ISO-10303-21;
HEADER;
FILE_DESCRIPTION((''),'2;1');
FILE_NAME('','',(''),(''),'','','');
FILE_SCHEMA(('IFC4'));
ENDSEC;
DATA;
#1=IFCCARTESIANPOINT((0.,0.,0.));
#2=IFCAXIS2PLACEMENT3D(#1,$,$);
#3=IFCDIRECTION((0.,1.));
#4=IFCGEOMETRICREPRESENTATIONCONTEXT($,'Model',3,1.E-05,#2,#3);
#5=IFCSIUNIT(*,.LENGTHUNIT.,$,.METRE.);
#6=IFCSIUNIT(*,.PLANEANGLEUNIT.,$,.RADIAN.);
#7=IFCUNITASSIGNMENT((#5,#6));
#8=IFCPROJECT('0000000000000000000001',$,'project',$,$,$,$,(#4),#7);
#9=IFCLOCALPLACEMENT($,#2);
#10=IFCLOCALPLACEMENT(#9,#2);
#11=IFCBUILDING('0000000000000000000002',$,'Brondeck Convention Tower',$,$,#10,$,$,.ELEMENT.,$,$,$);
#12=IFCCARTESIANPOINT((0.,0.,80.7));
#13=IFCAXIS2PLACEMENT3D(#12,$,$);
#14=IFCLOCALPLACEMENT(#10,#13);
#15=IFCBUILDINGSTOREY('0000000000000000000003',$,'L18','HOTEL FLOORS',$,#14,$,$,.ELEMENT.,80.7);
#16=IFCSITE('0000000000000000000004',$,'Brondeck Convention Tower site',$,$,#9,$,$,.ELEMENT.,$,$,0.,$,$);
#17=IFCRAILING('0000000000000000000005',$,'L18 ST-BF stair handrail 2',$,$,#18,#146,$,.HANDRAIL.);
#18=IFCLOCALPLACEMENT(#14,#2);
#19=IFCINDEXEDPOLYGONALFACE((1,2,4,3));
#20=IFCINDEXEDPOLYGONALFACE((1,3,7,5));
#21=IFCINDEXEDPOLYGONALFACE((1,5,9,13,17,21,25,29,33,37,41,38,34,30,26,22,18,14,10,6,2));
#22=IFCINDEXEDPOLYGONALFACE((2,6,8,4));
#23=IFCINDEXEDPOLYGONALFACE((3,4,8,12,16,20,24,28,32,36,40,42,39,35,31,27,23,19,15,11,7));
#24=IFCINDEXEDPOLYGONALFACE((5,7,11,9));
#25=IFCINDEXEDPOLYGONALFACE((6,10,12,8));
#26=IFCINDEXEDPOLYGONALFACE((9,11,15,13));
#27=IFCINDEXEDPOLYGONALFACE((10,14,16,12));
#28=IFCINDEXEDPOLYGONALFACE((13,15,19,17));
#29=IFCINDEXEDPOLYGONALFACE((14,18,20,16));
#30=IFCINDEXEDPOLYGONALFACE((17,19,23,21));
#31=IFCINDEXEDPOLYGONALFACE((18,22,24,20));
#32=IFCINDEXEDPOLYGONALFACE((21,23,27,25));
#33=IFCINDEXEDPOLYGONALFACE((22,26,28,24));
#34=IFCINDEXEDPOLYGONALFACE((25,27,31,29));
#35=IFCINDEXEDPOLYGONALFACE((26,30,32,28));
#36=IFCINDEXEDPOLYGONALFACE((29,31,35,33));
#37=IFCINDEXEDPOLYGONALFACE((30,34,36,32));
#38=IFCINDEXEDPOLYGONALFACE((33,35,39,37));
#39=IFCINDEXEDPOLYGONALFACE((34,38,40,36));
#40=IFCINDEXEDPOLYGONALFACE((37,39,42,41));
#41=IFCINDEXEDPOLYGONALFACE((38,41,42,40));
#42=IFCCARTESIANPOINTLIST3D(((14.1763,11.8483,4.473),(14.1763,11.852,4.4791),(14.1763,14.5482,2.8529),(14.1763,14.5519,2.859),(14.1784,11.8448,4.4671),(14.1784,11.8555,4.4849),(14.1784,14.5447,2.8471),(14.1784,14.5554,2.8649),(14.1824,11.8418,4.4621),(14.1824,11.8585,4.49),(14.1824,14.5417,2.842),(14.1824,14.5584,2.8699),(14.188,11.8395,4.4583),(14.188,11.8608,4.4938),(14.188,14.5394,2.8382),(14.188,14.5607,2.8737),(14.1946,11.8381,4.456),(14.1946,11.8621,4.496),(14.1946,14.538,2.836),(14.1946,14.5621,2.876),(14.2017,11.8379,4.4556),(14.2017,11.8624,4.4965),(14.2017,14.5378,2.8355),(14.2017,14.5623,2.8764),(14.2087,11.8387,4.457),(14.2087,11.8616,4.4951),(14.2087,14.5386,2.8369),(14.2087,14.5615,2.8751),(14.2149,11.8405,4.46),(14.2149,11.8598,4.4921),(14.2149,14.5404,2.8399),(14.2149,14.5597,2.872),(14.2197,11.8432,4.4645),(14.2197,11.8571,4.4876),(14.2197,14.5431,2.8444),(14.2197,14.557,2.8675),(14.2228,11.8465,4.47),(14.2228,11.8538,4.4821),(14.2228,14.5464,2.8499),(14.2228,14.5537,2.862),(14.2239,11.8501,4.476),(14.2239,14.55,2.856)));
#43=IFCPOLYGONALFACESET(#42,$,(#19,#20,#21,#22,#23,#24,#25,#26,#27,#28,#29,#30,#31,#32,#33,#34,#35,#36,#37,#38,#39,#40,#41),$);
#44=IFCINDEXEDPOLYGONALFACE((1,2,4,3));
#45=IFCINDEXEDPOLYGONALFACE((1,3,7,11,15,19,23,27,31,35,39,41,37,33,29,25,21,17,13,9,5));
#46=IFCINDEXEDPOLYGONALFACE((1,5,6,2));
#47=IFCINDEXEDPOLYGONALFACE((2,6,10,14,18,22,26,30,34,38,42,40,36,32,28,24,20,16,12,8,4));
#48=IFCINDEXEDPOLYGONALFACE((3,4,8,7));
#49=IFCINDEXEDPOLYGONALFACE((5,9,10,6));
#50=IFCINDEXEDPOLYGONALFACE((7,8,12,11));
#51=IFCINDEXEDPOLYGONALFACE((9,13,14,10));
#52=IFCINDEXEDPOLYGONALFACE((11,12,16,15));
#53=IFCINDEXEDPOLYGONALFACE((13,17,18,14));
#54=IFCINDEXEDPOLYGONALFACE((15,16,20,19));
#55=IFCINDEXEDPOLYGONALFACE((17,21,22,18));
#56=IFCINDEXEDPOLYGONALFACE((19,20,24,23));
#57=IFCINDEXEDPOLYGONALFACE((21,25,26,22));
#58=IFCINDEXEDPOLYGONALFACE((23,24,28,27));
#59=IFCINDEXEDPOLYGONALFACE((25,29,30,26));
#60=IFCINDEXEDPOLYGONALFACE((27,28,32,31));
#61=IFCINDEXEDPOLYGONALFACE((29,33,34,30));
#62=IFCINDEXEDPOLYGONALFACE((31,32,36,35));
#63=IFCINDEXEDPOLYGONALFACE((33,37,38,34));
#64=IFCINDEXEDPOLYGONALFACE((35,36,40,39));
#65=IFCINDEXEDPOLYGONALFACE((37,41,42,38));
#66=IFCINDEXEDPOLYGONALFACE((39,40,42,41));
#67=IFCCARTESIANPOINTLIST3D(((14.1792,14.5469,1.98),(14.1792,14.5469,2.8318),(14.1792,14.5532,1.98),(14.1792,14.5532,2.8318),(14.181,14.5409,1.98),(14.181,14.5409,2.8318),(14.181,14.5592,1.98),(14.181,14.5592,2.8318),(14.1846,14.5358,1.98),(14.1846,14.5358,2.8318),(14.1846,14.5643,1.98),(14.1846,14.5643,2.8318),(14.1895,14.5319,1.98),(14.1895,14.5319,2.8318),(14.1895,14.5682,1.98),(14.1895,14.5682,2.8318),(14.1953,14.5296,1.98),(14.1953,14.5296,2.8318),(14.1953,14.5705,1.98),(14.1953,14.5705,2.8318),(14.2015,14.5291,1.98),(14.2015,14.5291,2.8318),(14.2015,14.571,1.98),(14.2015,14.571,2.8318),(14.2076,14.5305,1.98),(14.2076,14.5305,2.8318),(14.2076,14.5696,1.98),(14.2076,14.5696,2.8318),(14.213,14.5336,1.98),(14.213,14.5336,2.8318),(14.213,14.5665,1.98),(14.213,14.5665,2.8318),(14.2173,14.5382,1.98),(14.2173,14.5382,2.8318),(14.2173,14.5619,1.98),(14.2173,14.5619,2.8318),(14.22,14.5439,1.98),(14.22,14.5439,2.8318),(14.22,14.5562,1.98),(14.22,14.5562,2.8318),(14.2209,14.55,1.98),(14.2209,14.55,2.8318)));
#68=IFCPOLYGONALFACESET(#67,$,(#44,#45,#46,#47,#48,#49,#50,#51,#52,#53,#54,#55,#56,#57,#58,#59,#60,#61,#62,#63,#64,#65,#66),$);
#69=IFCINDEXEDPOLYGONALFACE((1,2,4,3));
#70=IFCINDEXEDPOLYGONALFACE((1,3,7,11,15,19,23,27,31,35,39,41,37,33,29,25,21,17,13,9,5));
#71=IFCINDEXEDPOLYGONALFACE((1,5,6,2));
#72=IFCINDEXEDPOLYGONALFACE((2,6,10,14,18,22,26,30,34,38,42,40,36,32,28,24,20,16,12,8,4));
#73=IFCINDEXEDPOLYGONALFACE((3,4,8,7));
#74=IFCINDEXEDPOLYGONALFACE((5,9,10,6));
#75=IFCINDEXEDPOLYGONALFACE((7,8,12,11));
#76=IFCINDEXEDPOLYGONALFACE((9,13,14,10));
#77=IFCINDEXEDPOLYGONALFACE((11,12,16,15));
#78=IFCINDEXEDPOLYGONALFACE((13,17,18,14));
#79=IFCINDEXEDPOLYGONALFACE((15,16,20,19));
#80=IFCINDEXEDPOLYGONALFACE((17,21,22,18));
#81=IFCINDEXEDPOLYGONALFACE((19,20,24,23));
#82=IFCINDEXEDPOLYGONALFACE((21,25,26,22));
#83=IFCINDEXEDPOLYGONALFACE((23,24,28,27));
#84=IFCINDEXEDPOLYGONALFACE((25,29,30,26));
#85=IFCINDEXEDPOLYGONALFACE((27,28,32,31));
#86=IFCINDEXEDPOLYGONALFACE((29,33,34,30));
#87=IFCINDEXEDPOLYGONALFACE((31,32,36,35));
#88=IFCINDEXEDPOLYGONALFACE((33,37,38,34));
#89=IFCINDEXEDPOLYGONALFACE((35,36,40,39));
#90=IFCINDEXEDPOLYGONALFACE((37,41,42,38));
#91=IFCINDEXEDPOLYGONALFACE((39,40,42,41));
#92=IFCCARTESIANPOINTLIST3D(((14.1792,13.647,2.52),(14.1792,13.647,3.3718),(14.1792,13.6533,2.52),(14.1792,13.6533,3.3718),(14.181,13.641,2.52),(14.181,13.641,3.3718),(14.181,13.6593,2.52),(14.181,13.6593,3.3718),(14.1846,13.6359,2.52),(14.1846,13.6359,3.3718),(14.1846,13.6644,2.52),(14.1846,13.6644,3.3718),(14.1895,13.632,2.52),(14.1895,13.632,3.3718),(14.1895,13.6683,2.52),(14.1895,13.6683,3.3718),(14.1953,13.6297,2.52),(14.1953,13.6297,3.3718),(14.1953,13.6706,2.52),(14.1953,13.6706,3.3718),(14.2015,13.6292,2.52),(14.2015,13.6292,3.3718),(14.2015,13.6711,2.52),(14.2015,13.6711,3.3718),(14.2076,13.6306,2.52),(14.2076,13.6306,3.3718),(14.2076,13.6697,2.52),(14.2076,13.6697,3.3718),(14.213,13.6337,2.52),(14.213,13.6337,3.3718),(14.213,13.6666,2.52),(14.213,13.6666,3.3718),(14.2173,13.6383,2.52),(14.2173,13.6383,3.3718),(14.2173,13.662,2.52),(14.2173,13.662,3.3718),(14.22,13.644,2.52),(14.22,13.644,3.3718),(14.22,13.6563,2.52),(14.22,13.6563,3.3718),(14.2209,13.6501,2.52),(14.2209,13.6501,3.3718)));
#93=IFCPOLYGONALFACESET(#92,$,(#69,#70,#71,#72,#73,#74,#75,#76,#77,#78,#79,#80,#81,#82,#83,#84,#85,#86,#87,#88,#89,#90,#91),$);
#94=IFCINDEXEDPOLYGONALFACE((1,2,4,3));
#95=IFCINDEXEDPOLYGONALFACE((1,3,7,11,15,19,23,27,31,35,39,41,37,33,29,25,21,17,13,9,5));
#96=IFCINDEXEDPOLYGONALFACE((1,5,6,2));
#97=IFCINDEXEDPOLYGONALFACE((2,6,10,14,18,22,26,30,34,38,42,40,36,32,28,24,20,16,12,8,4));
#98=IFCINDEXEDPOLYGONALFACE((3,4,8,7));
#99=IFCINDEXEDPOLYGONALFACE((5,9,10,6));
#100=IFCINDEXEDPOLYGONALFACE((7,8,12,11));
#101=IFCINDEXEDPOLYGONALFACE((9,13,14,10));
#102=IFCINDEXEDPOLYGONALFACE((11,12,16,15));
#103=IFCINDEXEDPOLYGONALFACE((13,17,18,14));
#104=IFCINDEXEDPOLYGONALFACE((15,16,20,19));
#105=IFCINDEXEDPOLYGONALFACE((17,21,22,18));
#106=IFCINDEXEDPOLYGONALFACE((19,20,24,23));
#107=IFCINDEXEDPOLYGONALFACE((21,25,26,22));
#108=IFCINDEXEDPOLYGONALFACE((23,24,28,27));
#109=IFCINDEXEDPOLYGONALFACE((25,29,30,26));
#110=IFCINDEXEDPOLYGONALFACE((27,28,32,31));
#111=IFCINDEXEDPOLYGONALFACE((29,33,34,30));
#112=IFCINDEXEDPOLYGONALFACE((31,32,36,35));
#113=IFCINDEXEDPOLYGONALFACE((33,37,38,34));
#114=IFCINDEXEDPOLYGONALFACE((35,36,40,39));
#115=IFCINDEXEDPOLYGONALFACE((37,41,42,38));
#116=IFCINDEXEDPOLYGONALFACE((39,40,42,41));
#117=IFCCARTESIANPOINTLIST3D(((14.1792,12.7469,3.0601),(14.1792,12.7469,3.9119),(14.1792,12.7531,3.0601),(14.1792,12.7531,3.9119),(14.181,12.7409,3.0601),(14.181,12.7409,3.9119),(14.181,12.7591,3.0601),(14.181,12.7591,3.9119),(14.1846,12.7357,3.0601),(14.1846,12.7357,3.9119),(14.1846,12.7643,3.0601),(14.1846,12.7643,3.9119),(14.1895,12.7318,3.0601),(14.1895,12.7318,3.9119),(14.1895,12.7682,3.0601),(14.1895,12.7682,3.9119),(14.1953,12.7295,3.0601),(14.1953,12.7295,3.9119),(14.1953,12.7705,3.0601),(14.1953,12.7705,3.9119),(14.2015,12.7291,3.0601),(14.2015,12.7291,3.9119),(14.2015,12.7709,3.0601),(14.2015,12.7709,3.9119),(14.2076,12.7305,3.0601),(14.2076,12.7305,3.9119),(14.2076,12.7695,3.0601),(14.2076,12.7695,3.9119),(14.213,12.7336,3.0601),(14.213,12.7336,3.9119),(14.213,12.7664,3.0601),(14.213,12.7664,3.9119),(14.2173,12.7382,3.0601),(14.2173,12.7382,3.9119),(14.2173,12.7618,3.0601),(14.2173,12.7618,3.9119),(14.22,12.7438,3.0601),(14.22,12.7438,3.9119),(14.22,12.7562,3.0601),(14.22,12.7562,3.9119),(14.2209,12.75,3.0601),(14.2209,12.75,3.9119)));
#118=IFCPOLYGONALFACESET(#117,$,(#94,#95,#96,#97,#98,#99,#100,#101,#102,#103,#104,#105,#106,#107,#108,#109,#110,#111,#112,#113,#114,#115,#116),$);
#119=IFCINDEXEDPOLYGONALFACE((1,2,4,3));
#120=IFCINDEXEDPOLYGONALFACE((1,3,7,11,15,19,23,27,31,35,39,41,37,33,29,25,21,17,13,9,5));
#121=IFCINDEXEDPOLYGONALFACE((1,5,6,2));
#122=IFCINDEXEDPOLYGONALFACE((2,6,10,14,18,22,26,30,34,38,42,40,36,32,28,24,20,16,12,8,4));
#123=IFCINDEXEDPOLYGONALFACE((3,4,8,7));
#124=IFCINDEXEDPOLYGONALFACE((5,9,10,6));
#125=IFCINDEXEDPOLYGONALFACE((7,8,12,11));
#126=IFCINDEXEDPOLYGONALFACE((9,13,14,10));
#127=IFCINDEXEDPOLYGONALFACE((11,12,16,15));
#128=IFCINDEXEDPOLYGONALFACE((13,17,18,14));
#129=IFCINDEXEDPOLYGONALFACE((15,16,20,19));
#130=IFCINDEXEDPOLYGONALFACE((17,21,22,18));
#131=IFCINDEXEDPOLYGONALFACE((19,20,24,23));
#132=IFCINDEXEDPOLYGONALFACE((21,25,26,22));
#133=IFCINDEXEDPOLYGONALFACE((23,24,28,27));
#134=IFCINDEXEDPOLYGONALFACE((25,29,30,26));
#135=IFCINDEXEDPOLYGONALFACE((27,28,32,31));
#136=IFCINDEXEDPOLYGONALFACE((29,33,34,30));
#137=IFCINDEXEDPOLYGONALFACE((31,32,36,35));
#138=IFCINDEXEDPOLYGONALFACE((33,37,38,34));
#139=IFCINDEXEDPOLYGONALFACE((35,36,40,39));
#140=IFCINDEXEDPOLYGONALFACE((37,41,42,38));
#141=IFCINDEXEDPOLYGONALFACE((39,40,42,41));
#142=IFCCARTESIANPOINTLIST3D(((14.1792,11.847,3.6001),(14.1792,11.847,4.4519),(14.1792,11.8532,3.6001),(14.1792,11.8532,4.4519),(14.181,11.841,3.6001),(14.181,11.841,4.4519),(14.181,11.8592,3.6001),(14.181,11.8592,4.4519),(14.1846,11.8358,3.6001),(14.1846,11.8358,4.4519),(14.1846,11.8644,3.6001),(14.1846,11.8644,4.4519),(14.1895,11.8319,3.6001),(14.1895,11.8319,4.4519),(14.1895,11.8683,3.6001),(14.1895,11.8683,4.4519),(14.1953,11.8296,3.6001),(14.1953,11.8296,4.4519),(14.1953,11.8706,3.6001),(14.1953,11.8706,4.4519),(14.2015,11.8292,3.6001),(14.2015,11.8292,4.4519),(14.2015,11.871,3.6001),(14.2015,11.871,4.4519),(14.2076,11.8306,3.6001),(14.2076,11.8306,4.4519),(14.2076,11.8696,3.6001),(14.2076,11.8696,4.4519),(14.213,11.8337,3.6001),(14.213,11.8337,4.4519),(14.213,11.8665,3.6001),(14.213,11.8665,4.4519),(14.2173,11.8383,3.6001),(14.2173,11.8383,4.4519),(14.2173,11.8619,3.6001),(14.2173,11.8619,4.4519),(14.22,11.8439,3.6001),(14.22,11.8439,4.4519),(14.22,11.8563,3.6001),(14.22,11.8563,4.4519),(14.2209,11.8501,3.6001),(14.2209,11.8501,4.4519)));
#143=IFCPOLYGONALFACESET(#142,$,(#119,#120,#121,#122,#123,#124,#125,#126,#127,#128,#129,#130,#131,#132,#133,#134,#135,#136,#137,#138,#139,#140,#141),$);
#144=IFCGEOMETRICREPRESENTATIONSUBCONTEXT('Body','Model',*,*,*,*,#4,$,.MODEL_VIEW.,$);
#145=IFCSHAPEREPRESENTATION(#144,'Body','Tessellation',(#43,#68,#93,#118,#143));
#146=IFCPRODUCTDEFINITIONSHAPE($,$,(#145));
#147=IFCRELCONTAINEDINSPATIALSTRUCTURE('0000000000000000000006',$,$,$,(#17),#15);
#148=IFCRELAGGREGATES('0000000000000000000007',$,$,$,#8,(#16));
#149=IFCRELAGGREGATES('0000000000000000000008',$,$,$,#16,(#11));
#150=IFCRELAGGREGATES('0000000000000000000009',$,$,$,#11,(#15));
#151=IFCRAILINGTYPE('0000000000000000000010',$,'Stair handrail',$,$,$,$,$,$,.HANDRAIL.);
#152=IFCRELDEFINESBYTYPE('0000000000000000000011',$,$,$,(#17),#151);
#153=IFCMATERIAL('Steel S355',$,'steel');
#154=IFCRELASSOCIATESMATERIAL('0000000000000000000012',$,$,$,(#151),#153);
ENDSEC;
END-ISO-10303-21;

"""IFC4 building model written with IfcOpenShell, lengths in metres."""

from ifc_helpers import new_model, si_unit, direction, frame, origin, origin_2d, place, context, subcontext, project, spatial, circle, extrude, material, type_object, element, save


model = new_model("IFC4")

# Units and contexts
model_context = context("Model", 3, precision=1e-05, world=origin(), true_north=direction((0.0, 1.0)))
body_context = subcontext(model_context, "Body", "Model", "MODEL_VIEW")
ifc_project = project(units=[si_unit("LENGTHUNIT", "METRE"), si_unit("PLANEANGLEUNIT", "RADIAN")], contexts=[model_context])

# Site, building, storey
site_placement = place(None, origin())
site = spatial("IfcSite", under=ifc_project, at=site_placement, Name="Brondeck Convention Tower site", CompositionType="ELEMENT", RefElevation=0.0)
building_placement = place(site_placement, origin())
building = spatial("IfcBuilding", under=site, at=building_placement, Name="Brondeck Convention Tower", CompositionType="ELEMENT")
storey_placement = place(building_placement, frame((0.0, 0.0, 80.7)))
storey = spatial("IfcBuildingStorey", under=building, at=storey_placement, Name="L18", Description="HOTEL FLOORS", CompositionType="ELEMENT", Elevation=80.7)

# Shared definitions
ifc_material_1 = material(Name="Steel S355", Category="steel")

# Railing
railing_type = type_object("IfcRailingType", Name="Stair handrail", PredefinedType="HANDRAIL", material=ifc_material_1)
railing_1_placement = place(storey_placement, frame((14.2, 14.55, 1.98)))
element("IfcRailing", 1, at=railing_1_placement, inside=storey, type_object=railing_type, Name="L18 ST-BF stair handrail 2", PredefinedType="HANDRAIL", context=body_context, shape_type="SweptSolid", body=[
    extrude(circle(Radius=0.0239, at=origin_2d()), frame((0.0, 0.0, 0.876), z_axis=(0.0, -0.857472, 0.51453), x_axis=(1.0, 0.0, 0.0)), (0.0, 0.0, 1.0), 3.1487),
    extrude(circle(Radius=0.021, at=origin_2d()), origin(), (0.0, 0.0, 1.0), 0.8518),
    extrude(circle(Radius=0.021, at=origin_2d()), frame((0.0, -0.8999, 0.54)), (0.0, 0.0, 1.0), 0.8518),
    extrude(circle(Radius=0.021, at=origin_2d()), frame((0.0, -1.8, 1.0801)), (0.0, 0.0, 1.0), 0.8518),
    extrude(circle(Radius=0.021, at=origin_2d()), frame((0.0, -2.7, 1.6201)), (0.0, 0.0, 1.0), 0.8518),
])

save(model, "model.ifc")
